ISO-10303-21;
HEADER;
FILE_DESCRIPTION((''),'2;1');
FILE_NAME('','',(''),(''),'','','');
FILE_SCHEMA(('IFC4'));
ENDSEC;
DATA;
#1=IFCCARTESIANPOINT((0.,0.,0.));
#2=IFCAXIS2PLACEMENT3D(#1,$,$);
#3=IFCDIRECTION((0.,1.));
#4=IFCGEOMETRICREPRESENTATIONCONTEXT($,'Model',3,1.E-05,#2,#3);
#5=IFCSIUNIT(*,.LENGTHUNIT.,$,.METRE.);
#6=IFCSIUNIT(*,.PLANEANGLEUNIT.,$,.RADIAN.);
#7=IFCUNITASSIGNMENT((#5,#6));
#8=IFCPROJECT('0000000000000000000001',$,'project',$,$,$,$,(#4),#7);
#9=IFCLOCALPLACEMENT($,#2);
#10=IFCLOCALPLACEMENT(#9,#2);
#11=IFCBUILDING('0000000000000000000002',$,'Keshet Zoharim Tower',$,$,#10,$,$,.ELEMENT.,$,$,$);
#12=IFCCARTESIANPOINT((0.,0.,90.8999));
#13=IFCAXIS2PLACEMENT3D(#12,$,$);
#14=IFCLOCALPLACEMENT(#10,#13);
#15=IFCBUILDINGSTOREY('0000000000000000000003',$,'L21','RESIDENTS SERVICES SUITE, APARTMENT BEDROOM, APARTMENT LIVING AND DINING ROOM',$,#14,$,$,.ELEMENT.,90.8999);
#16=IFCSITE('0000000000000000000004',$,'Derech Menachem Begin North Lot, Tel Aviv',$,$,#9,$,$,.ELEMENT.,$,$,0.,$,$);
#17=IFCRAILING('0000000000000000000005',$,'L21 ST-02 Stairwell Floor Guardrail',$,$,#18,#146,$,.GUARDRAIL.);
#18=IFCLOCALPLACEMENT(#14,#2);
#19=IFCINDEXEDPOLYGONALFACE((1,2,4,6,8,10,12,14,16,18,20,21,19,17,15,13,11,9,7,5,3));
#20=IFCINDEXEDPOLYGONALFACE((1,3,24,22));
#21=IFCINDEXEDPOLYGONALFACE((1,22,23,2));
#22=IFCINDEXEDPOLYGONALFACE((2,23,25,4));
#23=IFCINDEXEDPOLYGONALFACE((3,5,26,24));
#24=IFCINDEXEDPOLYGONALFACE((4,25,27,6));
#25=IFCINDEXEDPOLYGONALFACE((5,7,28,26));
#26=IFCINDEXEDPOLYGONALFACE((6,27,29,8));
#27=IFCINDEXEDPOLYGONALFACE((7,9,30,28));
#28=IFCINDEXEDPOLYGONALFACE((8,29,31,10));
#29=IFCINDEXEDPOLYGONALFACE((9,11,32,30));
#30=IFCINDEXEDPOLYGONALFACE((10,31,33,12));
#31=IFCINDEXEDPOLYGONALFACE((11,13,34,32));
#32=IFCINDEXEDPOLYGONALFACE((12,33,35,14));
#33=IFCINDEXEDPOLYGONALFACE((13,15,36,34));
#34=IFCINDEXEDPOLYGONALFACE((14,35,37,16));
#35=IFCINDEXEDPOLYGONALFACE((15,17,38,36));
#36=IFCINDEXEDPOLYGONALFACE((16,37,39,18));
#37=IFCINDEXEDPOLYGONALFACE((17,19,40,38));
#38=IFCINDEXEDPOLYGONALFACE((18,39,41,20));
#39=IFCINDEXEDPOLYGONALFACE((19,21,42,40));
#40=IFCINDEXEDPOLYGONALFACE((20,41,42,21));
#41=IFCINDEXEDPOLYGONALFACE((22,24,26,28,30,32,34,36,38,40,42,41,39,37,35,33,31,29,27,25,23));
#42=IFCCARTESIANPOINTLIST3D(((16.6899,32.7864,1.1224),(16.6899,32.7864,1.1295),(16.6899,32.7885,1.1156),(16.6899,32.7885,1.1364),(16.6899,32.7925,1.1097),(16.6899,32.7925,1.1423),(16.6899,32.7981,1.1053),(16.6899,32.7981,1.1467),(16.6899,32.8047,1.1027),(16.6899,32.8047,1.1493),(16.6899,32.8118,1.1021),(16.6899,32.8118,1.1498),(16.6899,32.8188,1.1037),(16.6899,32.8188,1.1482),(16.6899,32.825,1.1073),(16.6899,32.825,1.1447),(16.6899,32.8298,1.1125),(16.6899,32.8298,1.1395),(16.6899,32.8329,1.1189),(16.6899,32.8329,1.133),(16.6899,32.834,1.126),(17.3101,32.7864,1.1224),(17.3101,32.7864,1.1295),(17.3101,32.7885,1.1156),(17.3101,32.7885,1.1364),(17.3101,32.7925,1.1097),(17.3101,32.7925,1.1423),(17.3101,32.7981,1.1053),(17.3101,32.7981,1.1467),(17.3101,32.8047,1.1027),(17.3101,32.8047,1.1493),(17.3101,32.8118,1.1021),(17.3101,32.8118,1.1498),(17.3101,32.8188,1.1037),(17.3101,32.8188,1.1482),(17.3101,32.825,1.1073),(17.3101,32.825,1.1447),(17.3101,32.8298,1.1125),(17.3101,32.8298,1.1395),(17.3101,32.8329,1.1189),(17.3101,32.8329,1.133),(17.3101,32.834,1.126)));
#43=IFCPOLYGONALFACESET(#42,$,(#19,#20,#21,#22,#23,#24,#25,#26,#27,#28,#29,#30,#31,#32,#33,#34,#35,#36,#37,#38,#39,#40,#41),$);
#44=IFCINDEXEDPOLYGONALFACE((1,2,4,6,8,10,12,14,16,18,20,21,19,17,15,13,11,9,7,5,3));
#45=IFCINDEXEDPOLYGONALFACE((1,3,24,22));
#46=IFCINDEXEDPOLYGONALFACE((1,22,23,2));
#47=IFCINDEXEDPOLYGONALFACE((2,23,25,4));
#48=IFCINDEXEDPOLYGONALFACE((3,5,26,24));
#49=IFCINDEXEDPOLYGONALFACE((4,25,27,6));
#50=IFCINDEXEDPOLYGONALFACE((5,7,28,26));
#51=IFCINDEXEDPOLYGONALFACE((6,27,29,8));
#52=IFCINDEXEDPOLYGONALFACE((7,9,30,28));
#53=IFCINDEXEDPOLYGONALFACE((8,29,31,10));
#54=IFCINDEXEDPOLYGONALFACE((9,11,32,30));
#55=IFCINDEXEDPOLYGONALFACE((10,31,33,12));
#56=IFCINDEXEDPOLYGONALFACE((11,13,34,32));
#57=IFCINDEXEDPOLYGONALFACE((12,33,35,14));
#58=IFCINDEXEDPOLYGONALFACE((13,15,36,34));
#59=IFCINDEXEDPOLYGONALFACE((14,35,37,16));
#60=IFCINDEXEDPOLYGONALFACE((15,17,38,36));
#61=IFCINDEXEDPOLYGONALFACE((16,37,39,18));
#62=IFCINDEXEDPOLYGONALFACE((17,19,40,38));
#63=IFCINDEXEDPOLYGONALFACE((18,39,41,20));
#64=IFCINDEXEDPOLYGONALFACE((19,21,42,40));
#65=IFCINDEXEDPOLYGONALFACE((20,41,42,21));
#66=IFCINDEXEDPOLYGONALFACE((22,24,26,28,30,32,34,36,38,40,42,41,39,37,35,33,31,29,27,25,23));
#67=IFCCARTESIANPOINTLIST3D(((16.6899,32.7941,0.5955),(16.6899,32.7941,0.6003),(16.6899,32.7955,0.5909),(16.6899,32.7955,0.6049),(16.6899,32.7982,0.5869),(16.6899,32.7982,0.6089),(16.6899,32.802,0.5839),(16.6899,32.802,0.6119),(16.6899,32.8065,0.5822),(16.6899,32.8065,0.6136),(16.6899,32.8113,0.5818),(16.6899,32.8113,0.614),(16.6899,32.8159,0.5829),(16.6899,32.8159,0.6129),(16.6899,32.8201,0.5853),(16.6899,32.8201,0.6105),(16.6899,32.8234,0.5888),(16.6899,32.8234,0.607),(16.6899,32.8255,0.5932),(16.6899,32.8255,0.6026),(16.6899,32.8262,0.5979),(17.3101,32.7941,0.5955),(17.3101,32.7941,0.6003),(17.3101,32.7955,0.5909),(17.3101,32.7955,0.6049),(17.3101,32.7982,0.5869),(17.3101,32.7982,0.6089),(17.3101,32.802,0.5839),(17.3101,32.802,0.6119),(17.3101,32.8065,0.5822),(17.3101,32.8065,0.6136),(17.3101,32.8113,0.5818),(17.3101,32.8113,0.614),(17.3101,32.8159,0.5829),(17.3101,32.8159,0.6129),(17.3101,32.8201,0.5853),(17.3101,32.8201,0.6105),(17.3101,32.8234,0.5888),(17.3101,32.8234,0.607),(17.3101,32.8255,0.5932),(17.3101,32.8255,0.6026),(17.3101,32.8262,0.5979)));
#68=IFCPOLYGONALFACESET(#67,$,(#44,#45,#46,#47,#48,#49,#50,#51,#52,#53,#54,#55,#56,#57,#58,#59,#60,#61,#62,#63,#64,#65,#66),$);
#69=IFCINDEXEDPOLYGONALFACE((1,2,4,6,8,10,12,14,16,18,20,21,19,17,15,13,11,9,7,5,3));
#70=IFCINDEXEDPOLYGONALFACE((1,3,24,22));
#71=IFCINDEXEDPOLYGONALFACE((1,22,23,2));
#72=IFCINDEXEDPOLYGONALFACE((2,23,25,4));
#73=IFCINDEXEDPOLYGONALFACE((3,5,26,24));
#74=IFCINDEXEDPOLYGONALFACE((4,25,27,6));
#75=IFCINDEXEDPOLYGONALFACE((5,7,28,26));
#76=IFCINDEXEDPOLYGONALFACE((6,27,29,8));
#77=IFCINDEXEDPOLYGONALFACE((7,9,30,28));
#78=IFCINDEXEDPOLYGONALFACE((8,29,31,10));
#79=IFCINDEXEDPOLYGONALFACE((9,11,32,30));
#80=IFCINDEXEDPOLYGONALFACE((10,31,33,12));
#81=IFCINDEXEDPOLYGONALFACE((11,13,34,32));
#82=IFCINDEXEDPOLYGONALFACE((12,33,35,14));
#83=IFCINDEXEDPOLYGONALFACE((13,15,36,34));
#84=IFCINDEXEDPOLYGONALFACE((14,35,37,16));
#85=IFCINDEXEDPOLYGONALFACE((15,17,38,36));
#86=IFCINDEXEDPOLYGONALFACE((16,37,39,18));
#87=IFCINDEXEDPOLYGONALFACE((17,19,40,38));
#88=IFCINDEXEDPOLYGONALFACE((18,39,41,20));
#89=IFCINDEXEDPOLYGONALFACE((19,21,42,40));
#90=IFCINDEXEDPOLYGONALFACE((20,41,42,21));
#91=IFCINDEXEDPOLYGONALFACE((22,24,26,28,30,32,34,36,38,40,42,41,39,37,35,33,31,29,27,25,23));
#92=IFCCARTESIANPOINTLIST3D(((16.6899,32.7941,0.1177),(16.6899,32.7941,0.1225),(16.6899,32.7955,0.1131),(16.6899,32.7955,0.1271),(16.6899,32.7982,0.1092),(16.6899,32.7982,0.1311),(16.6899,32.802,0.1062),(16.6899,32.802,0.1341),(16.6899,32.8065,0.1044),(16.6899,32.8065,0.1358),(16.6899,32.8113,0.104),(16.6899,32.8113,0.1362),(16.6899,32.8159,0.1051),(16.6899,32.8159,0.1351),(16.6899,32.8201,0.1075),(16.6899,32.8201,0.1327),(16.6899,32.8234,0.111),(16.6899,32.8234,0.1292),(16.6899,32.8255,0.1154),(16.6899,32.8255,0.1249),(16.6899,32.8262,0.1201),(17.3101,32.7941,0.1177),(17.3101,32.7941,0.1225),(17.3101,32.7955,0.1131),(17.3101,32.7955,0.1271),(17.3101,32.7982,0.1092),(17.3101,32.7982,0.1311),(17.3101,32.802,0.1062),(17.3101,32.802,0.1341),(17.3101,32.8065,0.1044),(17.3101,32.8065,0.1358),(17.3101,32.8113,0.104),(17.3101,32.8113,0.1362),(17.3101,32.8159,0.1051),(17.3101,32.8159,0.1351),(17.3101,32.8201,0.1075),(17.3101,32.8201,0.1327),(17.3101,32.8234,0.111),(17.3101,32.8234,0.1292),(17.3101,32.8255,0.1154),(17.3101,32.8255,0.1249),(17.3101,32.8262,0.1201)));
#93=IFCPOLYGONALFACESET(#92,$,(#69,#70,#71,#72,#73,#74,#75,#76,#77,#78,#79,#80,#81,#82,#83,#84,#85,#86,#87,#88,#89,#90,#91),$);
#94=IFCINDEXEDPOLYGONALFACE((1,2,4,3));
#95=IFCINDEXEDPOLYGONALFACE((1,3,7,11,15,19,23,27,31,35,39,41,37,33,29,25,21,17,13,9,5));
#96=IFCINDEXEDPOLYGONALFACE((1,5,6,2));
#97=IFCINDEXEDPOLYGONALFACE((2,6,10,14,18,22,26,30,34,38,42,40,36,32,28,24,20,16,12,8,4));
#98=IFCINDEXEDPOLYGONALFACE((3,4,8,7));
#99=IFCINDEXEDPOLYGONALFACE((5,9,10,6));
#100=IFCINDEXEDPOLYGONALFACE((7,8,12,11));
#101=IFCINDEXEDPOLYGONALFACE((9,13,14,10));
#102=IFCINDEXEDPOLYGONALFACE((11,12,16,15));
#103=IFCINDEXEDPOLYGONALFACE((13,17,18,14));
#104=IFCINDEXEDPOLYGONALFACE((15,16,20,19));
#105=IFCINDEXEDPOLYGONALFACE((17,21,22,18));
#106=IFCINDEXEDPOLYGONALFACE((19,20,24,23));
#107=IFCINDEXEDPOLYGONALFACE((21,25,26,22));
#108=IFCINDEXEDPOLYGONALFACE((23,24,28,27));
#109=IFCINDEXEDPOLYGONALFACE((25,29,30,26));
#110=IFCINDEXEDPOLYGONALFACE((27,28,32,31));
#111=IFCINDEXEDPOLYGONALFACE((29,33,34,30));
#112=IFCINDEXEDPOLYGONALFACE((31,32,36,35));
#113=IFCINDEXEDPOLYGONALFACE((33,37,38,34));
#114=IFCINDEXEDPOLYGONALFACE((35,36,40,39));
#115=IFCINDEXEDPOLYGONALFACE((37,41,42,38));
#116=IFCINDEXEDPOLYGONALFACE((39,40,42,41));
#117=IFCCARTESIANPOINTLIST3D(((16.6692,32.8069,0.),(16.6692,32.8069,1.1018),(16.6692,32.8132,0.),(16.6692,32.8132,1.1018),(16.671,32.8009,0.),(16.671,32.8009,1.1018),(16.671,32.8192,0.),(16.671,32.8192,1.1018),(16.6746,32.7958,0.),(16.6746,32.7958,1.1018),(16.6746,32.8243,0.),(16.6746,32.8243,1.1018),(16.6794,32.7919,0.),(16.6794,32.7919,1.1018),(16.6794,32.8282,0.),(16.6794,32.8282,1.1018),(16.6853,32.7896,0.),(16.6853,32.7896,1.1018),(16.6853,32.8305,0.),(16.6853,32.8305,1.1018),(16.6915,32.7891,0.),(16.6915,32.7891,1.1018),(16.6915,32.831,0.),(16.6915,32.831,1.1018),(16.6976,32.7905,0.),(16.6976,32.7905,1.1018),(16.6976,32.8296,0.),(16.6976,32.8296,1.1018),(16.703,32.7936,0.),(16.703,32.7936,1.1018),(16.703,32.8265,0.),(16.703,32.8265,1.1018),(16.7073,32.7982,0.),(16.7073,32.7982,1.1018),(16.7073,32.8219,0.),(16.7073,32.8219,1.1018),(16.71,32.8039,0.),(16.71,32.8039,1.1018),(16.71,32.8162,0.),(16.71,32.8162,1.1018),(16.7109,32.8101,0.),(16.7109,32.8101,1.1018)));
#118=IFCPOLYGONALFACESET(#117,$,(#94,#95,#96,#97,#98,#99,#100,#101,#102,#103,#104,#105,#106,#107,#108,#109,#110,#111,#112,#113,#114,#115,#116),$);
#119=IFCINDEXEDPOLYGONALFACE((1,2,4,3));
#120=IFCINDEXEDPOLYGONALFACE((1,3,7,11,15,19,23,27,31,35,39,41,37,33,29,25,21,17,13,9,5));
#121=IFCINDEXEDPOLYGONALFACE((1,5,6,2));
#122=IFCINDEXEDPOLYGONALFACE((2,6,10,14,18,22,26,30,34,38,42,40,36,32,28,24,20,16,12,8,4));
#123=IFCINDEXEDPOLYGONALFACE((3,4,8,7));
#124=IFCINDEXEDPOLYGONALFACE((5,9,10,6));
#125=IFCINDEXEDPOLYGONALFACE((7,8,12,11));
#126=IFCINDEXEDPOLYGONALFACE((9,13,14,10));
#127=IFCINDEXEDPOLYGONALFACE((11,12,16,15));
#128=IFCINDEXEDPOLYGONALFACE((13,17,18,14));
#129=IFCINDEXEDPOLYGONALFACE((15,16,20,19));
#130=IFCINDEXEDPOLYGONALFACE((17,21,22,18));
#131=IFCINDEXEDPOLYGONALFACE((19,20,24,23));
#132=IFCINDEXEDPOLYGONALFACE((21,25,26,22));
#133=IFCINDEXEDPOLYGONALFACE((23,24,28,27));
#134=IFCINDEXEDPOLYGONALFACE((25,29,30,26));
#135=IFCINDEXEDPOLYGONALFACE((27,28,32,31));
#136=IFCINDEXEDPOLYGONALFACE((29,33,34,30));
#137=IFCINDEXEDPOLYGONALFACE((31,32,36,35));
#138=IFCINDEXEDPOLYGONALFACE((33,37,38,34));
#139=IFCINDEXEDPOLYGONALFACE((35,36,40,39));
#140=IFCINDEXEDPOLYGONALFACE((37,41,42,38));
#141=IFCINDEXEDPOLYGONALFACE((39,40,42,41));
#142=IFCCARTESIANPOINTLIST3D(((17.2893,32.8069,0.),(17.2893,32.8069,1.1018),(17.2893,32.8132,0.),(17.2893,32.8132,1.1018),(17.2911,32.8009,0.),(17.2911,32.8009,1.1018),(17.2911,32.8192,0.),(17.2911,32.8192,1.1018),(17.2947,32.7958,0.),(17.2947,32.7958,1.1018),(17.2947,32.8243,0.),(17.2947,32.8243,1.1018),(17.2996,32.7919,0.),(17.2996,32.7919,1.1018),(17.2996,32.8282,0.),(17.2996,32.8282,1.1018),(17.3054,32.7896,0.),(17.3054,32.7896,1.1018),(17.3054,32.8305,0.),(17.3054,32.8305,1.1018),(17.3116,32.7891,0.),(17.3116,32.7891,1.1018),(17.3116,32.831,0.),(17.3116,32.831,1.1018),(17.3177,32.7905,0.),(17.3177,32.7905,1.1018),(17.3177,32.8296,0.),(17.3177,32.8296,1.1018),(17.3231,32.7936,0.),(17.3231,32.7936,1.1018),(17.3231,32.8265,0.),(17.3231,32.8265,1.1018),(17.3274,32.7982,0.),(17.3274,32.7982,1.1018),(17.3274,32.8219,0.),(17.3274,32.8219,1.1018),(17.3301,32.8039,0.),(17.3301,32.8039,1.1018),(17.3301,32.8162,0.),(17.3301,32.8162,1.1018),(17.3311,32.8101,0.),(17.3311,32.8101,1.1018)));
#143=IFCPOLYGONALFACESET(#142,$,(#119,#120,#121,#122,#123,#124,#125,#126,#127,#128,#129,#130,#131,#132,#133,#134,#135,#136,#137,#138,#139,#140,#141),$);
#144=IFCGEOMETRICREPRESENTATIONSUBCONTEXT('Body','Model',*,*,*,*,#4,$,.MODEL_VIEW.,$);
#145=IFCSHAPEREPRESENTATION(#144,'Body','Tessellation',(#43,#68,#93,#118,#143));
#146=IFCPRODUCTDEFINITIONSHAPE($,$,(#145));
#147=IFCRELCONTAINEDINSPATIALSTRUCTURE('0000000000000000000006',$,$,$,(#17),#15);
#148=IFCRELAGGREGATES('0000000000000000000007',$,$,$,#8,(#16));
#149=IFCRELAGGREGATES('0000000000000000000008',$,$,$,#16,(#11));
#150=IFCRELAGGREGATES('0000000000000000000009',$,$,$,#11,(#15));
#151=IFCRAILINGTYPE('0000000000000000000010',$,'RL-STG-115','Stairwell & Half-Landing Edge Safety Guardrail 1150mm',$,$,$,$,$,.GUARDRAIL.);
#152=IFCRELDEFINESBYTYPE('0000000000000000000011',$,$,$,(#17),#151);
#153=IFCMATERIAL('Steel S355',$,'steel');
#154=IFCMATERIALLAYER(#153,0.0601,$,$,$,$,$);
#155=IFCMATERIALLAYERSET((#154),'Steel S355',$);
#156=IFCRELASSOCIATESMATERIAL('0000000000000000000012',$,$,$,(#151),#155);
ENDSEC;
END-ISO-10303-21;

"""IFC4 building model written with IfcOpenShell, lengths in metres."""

from ifc_helpers import new_model, si_unit, direction, frame, origin, origin_2d, place, context, subcontext, project, spatial, circle, extrude, material, layer, layer_set, type_object, element, save


model = new_model("IFC4")

# Units and contexts
model_context = context("Model", 3, precision=1e-05, world=origin(), true_north=direction((0.0, 1.0)))
body_context = subcontext(model_context, "Body", "Model", "MODEL_VIEW")
ifc_project = project(units=[si_unit("LENGTHUNIT", "METRE"), si_unit("PLANEANGLEUNIT", "RADIAN")], contexts=[model_context])

# Site, building, storey
site_placement = place(None, origin())
site = spatial("IfcSite", under=ifc_project, at=site_placement, Name="Derech Menachem Begin North Lot, Tel Aviv", CompositionType="ELEMENT", RefElevation=0.0)
building_placement = place(site_placement, origin())
building = spatial("IfcBuilding", under=site, at=building_placement, Name="Keshet Zoharim Tower", CompositionType="ELEMENT")
storey_placement = place(building_placement, frame((0.0, 0.0, 90.8999)))
storey = spatial("IfcBuildingStorey", under=building, at=storey_placement, Name="L21", Description="RESIDENTS SERVICES SUITE, APARTMENT BEDROOM, APARTMENT LIVING AND DINING ROOM", CompositionType="ELEMENT", Elevation=90.8999)

# Shared definitions
ifc_material_1 = material(Name="Steel S355", Category="steel")

# Railing
ifc_layer_1 = layer(ifc_material_1, 0.0601)
ifc_layer_set_1 = layer_set([ifc_layer_1], Name="Steel S355")
railing_type_1 = type_object("IfcRailingType", Name="RL-STG-115", Description="Stairwell & Half-Landing Edge Safety Guardrail 1150mm", PredefinedType="GUARDRAIL", material=ifc_layer_set_1)
railing_1_placement = place(storey_placement, frame((16.6899, 32.8101, 0.0)))
element("IfcRailing", 1, at=railing_1_placement, inside=storey, type_object=railing_type_1, Name="L21 ST-02 Stairwell Floor Guardrail", PredefinedType="GUARDRAIL", context=body_context, shape_type="SweptSolid", body=[
    extrude(circle(Radius=0.0239, at=origin_2d()), frame((0.0, 0.0, 1.126), z_axis=(1.0, 0.0, 0.0), x_axis=(0.0, 1.0, 0.0)), (0.0, 0.0, 1.0), 0.6201),
    extrude(circle(Radius=0.0161, at=origin_2d()), frame((0.0, 0.0, 0.5979), z_axis=(1.0, 0.0, 0.0), x_axis=(0.0, 1.0, 0.0)), (0.0, 0.0, 1.0), 0.6201),
    extrude(circle(Radius=0.0161, at=origin_2d()), frame((0.0, 0.0, 0.1201), z_axis=(1.0, 0.0, 0.0), x_axis=(0.0, 1.0, 0.0)), (0.0, 0.0, 1.0), 0.6201),
    extrude(circle(Radius=0.021, at=origin_2d()), origin(), (0.0, 0.0, 1.0), 1.1018),
    extrude(circle(Radius=0.021, at=origin_2d()), frame((0.6201, 0.0, 0.0)), (0.0, 0.0, 1.0), 1.1018),
])

save(model, "model.ifc")
